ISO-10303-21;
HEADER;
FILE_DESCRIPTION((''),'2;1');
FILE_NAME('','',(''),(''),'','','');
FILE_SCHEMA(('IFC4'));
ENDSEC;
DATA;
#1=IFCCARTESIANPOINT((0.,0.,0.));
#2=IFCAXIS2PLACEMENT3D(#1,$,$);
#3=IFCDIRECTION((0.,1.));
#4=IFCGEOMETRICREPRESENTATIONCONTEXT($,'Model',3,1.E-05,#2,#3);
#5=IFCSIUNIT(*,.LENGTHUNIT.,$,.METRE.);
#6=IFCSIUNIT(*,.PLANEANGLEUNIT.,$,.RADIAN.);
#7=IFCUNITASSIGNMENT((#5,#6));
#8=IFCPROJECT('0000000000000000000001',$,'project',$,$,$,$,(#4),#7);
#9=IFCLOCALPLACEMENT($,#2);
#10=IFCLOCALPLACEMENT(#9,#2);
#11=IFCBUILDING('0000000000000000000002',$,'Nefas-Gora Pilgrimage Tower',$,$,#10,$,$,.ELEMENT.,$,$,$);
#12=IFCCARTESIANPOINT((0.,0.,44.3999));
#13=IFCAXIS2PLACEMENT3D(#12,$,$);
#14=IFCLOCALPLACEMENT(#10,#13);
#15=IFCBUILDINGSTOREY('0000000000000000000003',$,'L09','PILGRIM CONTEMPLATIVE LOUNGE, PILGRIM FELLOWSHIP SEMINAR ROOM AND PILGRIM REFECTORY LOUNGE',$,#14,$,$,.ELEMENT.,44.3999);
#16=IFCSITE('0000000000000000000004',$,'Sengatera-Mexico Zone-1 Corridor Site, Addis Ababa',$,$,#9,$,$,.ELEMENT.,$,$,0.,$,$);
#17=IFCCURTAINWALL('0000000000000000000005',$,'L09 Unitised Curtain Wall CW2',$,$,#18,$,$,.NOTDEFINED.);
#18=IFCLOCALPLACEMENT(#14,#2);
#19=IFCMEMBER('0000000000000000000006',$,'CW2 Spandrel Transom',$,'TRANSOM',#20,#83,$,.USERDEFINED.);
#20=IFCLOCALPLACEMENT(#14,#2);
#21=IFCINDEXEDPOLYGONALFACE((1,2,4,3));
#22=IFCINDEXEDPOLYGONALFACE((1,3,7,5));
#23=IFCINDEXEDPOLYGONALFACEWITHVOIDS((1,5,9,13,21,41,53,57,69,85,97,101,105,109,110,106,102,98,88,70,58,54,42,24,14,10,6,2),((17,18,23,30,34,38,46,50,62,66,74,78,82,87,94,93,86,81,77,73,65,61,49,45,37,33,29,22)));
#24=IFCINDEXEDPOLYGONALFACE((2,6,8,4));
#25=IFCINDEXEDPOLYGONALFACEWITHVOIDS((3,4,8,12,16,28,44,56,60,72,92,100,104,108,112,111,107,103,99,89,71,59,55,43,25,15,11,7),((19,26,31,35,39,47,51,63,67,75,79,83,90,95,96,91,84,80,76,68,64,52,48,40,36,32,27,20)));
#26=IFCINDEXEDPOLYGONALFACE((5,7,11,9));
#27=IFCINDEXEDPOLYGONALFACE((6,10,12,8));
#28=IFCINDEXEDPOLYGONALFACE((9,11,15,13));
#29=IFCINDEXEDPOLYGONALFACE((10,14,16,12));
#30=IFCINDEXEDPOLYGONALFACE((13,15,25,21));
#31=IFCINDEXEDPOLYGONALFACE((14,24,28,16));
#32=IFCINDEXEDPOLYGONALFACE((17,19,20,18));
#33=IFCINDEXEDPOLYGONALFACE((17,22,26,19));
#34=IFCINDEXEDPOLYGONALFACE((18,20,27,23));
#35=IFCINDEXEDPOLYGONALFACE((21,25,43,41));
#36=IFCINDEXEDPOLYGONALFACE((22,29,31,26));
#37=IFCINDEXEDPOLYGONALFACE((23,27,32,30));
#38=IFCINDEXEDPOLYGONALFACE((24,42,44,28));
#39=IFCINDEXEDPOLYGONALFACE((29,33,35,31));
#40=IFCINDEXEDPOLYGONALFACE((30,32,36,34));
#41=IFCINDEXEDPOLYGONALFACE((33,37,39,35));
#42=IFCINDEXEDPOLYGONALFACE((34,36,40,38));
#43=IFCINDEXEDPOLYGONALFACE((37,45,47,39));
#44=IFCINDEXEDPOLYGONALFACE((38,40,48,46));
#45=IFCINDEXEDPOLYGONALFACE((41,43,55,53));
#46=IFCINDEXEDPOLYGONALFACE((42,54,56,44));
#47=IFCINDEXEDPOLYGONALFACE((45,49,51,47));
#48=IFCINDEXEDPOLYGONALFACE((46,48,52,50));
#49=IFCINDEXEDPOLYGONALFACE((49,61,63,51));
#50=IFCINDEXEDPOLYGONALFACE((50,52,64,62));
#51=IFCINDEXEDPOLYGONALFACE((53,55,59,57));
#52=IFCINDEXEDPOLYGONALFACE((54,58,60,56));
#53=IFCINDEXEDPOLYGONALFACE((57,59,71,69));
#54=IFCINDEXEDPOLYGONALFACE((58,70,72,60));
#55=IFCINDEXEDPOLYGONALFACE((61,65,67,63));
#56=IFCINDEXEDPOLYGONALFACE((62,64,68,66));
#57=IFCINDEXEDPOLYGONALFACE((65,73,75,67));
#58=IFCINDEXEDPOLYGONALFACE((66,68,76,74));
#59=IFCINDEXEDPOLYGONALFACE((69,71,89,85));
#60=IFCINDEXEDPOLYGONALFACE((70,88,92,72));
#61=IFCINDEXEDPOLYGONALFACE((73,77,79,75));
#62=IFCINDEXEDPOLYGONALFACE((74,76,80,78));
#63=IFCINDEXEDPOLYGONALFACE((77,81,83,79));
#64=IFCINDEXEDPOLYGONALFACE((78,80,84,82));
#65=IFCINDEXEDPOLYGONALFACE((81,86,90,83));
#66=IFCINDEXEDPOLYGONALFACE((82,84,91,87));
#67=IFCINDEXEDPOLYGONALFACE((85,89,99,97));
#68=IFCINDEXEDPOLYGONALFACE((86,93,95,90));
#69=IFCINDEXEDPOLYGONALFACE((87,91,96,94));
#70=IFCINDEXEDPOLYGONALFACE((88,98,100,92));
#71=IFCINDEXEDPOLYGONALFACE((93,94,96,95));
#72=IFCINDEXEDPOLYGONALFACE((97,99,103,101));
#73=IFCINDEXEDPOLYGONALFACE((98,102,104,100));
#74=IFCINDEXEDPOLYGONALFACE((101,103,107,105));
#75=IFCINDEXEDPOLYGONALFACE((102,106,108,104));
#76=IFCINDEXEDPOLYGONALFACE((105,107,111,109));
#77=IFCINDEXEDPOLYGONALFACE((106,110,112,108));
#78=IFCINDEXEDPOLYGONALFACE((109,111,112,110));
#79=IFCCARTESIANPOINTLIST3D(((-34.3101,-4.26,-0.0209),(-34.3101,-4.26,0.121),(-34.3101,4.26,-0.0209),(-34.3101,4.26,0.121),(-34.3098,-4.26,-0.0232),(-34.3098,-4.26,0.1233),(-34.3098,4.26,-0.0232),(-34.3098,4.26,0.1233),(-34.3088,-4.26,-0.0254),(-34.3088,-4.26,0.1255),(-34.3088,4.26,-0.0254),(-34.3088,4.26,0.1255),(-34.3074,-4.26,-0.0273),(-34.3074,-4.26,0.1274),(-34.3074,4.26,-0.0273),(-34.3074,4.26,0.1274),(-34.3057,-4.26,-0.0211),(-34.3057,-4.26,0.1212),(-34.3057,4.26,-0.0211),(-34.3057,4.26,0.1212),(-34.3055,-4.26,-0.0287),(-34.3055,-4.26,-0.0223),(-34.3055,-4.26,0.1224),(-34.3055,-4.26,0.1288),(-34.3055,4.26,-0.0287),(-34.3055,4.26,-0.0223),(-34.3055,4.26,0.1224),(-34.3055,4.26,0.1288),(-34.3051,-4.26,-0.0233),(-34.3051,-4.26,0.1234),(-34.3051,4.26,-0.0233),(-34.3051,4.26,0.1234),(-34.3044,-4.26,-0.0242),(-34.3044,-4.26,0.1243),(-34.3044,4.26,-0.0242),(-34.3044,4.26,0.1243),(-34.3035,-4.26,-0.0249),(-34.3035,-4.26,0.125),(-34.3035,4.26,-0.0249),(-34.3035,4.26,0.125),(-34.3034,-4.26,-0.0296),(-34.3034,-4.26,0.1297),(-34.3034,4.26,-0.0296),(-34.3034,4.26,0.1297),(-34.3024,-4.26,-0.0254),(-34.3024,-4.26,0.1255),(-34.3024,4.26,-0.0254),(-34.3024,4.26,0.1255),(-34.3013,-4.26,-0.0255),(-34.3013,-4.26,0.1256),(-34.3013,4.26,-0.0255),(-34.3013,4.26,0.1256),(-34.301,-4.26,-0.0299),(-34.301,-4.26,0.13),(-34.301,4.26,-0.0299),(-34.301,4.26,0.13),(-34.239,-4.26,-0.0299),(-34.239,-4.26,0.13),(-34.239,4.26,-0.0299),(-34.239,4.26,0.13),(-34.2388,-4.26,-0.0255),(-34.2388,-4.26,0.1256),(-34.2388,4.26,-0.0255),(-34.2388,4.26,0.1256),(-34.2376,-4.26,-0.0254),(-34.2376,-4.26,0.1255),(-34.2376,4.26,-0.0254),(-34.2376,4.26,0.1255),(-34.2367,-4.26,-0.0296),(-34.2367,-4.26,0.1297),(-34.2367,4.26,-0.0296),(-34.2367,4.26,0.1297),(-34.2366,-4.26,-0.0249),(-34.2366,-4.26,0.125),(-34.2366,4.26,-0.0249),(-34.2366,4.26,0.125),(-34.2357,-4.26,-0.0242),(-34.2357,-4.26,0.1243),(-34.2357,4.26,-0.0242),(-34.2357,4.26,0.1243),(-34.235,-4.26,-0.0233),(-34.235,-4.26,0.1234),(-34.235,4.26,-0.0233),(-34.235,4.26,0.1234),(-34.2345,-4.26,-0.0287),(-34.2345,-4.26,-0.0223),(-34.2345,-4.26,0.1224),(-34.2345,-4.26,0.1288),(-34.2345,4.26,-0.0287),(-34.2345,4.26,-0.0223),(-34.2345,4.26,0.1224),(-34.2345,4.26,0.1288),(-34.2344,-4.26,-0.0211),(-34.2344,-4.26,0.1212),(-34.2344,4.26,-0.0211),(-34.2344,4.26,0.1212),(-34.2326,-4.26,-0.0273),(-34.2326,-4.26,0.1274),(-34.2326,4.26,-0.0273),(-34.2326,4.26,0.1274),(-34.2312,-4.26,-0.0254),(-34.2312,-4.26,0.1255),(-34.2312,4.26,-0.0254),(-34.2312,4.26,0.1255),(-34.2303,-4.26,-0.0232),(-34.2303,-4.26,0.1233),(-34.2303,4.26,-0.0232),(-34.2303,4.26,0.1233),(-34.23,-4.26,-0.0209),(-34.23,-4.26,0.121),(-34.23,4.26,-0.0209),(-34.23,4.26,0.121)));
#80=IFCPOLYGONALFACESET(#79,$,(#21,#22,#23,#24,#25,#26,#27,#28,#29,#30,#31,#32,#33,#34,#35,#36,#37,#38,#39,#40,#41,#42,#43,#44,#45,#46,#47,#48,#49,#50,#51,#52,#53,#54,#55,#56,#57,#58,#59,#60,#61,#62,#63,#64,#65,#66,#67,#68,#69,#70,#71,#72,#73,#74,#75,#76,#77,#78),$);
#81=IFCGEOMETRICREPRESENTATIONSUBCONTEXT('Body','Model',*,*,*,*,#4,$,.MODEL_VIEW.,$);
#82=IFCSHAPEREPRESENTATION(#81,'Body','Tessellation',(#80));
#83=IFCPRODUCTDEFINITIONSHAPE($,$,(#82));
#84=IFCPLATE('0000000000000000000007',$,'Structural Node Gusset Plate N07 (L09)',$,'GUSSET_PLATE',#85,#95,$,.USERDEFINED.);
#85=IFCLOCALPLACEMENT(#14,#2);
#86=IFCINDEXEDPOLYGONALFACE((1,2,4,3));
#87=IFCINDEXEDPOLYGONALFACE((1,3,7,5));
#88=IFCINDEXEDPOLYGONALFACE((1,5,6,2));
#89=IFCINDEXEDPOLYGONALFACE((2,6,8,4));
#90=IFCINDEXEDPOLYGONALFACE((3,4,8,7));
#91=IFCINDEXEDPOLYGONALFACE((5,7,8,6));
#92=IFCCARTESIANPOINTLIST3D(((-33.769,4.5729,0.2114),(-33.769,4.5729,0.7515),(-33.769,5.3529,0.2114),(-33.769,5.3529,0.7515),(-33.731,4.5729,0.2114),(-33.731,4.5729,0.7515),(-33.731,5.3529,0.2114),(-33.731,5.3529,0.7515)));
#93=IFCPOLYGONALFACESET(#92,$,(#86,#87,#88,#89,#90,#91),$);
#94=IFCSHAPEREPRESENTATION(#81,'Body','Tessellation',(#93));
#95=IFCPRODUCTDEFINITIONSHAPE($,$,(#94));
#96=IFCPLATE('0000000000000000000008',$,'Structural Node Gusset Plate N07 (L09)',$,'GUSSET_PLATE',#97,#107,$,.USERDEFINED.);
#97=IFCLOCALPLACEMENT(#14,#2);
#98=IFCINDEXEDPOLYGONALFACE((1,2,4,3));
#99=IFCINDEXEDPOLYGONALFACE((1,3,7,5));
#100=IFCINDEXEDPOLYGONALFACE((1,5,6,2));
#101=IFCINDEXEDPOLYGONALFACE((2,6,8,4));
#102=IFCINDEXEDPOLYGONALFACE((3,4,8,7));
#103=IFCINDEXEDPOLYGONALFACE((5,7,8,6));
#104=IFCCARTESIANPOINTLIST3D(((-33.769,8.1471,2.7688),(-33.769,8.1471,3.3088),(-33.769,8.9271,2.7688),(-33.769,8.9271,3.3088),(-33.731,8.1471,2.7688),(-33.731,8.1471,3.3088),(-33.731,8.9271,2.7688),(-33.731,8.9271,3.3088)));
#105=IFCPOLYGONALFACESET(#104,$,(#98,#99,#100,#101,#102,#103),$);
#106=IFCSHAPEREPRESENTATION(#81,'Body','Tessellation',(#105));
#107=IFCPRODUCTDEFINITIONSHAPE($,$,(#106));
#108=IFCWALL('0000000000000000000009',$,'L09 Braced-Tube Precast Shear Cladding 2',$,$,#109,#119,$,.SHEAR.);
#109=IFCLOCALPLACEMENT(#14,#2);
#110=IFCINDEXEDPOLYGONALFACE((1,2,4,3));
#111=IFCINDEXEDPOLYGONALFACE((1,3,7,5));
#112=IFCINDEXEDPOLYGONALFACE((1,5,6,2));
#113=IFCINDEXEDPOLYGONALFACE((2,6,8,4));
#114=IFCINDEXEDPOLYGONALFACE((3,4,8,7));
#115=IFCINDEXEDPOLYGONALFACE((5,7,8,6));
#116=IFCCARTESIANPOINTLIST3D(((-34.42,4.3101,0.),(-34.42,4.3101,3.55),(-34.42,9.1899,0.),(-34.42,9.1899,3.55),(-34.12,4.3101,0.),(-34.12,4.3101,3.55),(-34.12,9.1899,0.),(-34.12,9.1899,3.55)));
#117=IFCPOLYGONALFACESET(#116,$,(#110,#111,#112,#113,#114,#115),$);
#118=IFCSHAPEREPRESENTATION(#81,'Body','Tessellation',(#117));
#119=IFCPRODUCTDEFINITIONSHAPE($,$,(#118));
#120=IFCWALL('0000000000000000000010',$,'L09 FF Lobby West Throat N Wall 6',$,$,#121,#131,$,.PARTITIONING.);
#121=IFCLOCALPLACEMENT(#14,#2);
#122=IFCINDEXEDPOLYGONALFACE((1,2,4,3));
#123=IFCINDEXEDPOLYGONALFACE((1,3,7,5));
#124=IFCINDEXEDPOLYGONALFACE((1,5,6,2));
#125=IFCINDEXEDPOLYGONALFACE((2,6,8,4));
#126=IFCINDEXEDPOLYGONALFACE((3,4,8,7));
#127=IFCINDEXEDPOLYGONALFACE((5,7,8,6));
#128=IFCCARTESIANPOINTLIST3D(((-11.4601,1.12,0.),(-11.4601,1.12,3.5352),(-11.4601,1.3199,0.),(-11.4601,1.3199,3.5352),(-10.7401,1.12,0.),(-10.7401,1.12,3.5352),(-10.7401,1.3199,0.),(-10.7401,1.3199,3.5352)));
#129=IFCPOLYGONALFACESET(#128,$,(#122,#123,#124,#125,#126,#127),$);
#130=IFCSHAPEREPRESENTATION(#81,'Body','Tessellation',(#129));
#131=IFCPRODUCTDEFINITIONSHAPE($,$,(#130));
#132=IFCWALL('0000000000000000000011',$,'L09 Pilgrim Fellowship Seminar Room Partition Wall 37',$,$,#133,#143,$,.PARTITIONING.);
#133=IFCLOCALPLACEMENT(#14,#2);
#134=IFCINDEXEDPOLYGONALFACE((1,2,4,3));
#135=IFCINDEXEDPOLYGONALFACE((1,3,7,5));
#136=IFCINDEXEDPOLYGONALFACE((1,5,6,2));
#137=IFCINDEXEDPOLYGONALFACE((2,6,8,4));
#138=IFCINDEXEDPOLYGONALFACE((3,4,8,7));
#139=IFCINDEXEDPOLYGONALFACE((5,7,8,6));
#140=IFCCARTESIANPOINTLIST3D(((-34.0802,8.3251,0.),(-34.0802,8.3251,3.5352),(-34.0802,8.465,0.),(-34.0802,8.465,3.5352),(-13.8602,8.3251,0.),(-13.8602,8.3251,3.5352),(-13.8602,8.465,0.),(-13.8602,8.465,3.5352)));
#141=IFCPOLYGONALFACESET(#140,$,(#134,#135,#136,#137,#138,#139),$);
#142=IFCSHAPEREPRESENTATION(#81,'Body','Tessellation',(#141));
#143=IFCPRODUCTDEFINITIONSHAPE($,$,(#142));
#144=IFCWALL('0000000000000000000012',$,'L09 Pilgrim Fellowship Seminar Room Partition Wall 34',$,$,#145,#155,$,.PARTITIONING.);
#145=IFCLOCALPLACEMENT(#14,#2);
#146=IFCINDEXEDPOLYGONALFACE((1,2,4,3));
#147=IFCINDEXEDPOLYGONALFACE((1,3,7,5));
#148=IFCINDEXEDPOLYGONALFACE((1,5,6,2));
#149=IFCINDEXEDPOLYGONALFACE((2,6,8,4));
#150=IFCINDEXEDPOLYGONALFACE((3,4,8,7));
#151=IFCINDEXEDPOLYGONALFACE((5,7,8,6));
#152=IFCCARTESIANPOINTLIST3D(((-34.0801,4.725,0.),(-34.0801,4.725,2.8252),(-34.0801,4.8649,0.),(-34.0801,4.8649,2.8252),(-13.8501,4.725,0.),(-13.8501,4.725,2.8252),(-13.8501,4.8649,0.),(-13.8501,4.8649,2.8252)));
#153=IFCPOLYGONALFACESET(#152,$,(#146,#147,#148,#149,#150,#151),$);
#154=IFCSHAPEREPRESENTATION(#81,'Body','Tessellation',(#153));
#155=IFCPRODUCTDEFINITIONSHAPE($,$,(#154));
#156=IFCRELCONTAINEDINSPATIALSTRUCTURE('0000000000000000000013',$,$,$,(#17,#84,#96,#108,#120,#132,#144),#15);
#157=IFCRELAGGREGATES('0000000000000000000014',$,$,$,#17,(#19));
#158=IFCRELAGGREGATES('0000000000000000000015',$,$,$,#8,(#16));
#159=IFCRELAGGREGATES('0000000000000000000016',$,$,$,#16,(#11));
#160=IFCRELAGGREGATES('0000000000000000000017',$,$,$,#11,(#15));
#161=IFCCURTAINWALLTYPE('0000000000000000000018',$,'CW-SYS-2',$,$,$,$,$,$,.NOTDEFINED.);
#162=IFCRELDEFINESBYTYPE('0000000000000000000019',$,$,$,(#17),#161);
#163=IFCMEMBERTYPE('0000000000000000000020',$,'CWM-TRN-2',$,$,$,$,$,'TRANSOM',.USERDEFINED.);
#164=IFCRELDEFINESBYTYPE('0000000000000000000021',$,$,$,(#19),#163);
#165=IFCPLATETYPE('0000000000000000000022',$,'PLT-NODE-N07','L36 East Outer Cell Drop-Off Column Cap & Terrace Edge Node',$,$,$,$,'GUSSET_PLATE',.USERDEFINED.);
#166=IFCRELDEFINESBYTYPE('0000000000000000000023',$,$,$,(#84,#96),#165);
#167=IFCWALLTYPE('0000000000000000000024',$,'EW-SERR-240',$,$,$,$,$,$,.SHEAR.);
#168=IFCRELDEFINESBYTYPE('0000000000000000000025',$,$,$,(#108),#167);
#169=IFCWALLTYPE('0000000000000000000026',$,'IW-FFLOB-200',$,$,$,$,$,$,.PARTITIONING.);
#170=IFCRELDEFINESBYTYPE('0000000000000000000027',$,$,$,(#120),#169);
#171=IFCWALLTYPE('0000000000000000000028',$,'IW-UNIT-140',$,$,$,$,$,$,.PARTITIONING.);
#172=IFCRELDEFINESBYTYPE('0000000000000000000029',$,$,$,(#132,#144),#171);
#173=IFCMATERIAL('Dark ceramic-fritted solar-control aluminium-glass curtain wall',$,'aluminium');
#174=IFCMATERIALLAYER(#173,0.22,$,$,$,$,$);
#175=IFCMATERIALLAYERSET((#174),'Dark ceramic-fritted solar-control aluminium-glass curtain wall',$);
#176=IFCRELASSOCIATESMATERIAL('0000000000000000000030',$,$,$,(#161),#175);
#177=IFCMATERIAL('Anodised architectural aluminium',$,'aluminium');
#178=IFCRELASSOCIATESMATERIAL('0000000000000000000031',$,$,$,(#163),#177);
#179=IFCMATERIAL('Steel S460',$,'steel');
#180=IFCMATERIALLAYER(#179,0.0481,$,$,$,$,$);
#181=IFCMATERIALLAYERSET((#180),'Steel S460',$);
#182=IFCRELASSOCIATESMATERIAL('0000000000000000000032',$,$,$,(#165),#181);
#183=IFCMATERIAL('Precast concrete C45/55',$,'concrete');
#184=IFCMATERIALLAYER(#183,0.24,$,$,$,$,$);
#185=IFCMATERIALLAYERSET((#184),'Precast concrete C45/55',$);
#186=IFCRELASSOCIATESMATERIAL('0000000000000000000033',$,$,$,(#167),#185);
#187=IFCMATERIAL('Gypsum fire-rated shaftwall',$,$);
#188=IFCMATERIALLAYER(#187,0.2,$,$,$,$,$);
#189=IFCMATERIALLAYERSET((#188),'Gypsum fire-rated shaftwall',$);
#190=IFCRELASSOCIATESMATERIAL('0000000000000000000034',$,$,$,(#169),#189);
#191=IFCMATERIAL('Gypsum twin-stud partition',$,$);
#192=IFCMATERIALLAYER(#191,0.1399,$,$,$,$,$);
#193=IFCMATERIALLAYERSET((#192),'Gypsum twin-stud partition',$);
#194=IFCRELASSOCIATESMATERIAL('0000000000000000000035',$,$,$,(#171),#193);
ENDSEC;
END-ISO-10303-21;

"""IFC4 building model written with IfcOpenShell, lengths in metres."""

from ifc_helpers import new_model, si_unit, direction, frame, frame_2d, origin, origin_2d, place, context, subcontext, project, spatial, rectangle, hollow_rectangle, extrude, source, transform, mapped, material, layer, layer_set, material_profile, profile_set, type_object, element, aggregate, save


model = new_model("IFC4")

# Units and contexts
model_context = context("Model", 3, precision=1e-05, world=origin(), true_north=direction((0.0, 1.0)))
body_context = subcontext(model_context, "Body", "Model", "MODEL_VIEW")
ifc_project = project(units=[si_unit("LENGTHUNIT", "METRE"), si_unit("PLANEANGLEUNIT", "RADIAN")], contexts=[model_context])

# Site, building, storey
site_placement = place(None, origin())
site = spatial("IfcSite", under=ifc_project, at=site_placement, Name="Sengatera-Mexico Zone-1 Corridor Site, Addis Ababa", CompositionType="ELEMENT", RefElevation=0.0)
building_placement = place(site_placement, origin())
building = spatial("IfcBuilding", under=site, at=building_placement, Name="Nefas-Gora Pilgrimage Tower", CompositionType="ELEMENT")
storey_placement = place(building_placement, frame((0.0, 0.0, 44.3999)))
storey = spatial("IfcBuildingStorey", under=building, at=storey_placement, Name="L09", Description="PILGRIM CONTEMPLATIVE LOUNGE, PILGRIM FELLOWSHIP SEMINAR ROOM AND PILGRIM REFECTORY LOUNGE", CompositionType="ELEMENT", Elevation=44.3999)

# Shared definitions
ifc_material_1 = material(Name="Steel S460", Category="steel")

# Curtain wall, member
ifc_material_2 = material(Name="Dark ceramic-fritted solar-control aluminium-glass curtain wall", Category="aluminium")
ifc_layer_1 = layer(ifc_material_2, 0.22)
ifc_layer_set_1 = layer_set([ifc_layer_1], Name="Dark ceramic-fritted solar-control aluminium-glass curtain wall")
curtain_wall_type = type_object("IfcCurtainWallType", Name="CW-SYS-2", PredefinedType="NOTDEFINED", material=ifc_layer_set_1)
curtain_wall_placement = place(storey_placement, origin())
curtain_wall = element("IfcCurtainWall", 1, at=curtain_wall_placement, inside=storey, type_object=curtain_wall_type, Name="L09 Unitised Curtain Wall CW2", PredefinedType="NOTDEFINED")
ifc_material_3 = material(Name="Anodised architectural aluminium", Category="aluminium")
ifc_material_profile_1 = material_profile(ifc_material_3, hollow_rectangle(XDim=0.0801, YDim=0.1599, WallThickness=0.0044, InnerFilletRadius=0.0044, OuterFilletRadius=0.009, at=origin_2d()), Name="ALU TRANSOM 80x160")
ifc_profile_set_1 = profile_set([ifc_material_profile_1], Name="Anodised architectural aluminium")
member_type_1 = type_object("IfcMemberType", Name="CWM-TRN-2", ElementType="TRANSOM", PredefinedType="USERDEFINED", material=ifc_profile_set_1)
shared_shape_1 = source(origin(), body_context, "Body", "SweptSolid", [
    extrude(hollow_rectangle(XDim=0.0801, YDim=0.1599, WallThickness=0.0044, InnerFilletRadius=0.0044, OuterFilletRadius=0.009, at=origin_2d()), origin(), (0.0, 0.0, 1.0), 8.52),
])
member_1_placement = place(storey_placement, frame((-34.27, 4.26, 0.05), z_axis=(0.0, -1.0, 0.0), x_axis=(1.0, 0.0, 0.0)))
member_1 = element("IfcMember", 2, at=member_1_placement, type_object=member_type_1, Name="CW2 Spandrel Transom", ObjectType="TRANSOM", PredefinedType="USERDEFINED", context=body_context, shape_type="MappedRepresentation", body=[
    mapped(shared_shape_1, transform((0.0, 0.0, 0.0), x_axis=(1.0, 0.0, 0.0), y_axis=(0.0, 1.0, 0.0), z_axis=(0.0, 0.0, 1.0), scale=1.0)),
])
aggregate(curtain_wall, [member_1])

# Plates
ifc_layer_2 = layer(ifc_material_1, 0.0481)
ifc_layer_set_2 = layer_set([ifc_layer_2], Name="Steel S460")
plate_type = type_object("IfcPlateType", Name="PLT-NODE-N07", Description="L36 East Outer Cell Drop-Off Column Cap & Terrace Edge Node", ElementType="GUSSET_PLATE", PredefinedType="USERDEFINED", material=ifc_layer_set_2)
shared_shape_2 = source(origin(), body_context, "Body", "SweptSolid", [
    extrude(rectangle(XDim=0.78, YDim=0.0381, at=origin_2d()), origin(), (0.0, 0.0, 1.0), 0.54),
])
for number, where, z_axis, x_axis, name in (
    (3, (-33.75, 4.9629, 0.2114), (0.0, 0.0, 1.0), (0.0, 1.0, 0.0), "Structural Node Gusset Plate N07 (L09)"),
    (4, (-33.75, 8.5371, 2.7688), (0.0, 0.0, 1.0), (0.0, 1.0, 0.0), "Structural Node Gusset Plate N07 (L09)"),
):
    element("IfcPlate", number, at=place(storey_placement, frame(where, z_axis=z_axis, x_axis=x_axis)), inside=storey, type_object=plate_type, Name=name, ObjectType="GUSSET_PLATE", PredefinedType="USERDEFINED", context=body_context, shape_type="MappedRepresentation", body=[
        mapped(shared_shape_2, transform((0.0, 0.0, 0.0), x_axis=(1.0, 0.0, 0.0), y_axis=(0.0, 1.0, 0.0), z_axis=(0.0, 0.0, 1.0), scale=1.0)),
    ])

# Walls
ifc_material_4 = material(Name="Precast concrete C45/55", Category="concrete")
ifc_layer_3 = layer(ifc_material_4, 0.24)
ifc_layer_set_3 = layer_set([ifc_layer_3], Name="Precast concrete C45/55")
wall_type_1 = type_object("IfcWallType", Name="EW-SERR-240", PredefinedType="SHEAR", material=ifc_layer_set_3)
shared_shape_3 = source(origin(), body_context, "Body", "SweptSolid", [
    extrude(rectangle(XDim=4.8799, YDim=0.3, at=frame_2d((2.4399, 0.0))), origin(), (0.0, 0.0, 1.0), 3.55),
])
wall_1_placement = place(storey_placement, frame((-34.27, 4.3101, 0.0), z_axis=(0.0, 0.0, 1.0), x_axis=(0.0, 1.0, 0.0)))
element("IfcWall", 5, at=wall_1_placement, inside=storey, type_object=wall_type_1, Name="L09 Braced-Tube Precast Shear Cladding 2", PredefinedType="SHEAR", context=body_context, shape_type="MappedRepresentation", body=[
    mapped(shared_shape_3, transform((0.0, 0.0, 0.0), x_axis=(1.0, 0.0, 0.0), y_axis=(0.0, 1.0, 0.0), z_axis=(0.0, 0.0, 1.0), scale=1.0)),
])
ifc_material_5 = material(Name="Gypsum fire-rated shaftwall")
ifc_layer_4 = layer(ifc_material_5, 0.2)
ifc_layer_set_4 = layer_set([ifc_layer_4], Name="Gypsum fire-rated shaftwall")
wall_type_2 = type_object("IfcWallType", Name="IW-FFLOB-200", PredefinedType="PARTITIONING", material=ifc_layer_set_4)
shared_shape_4 = source(origin(), body_context, "Body", "SweptSolid", [
    extrude(rectangle(XDim=0.72, YDim=0.2, at=frame_2d((0.3599, 0.0))), origin(), (0.0, 0.0, 1.0), 3.5352),
])
wall_2_placement = place(storey_placement, frame((-11.46, 1.22, 0.0), z_axis=(0.0, 0.0, 1.0), x_axis=(1.0, 0.0, 0.0)))
element("IfcWall", 6, at=wall_2_placement, inside=storey, type_object=wall_type_2, Name="L09 FF Lobby West Throat N Wall 6", PredefinedType="PARTITIONING", context=body_context, shape_type="MappedRepresentation", body=[
    mapped(shared_shape_4, transform((0.0, 0.0, 0.0), x_axis=(1.0, 0.0, 0.0), y_axis=(0.0, 1.0, 0.0), z_axis=(0.0, 0.0, 1.0), scale=1.0)),
])
ifc_material_6 = material(Name="Gypsum twin-stud partition")
ifc_layer_5 = layer(ifc_material_6, 0.1399)
ifc_layer_set_5 = layer_set([ifc_layer_5], Name="Gypsum twin-stud partition")
wall_type_3 = type_object("IfcWallType", Name="IW-UNIT-140", PredefinedType="PARTITIONING", material=ifc_layer_set_5)
shared_shape_5 = source(origin(), body_context, "Body", "SweptSolid", [
    extrude(rectangle(XDim=20.22, YDim=0.1399, at=frame_2d((10.1099, 0.0))), origin(), (0.0, 0.0, 1.0), 3.5352),
])
wall_3_placement = place(storey_placement, frame((-34.0801, 8.395, 0.0), z_axis=(0.0, 0.0, 1.0), x_axis=(1.0, 0.0, 0.0)))
element("IfcWall", 7, at=wall_3_placement, inside=storey, type_object=wall_type_3, Name="L09 Pilgrim Fellowship Seminar Room Partition Wall 37", PredefinedType="PARTITIONING", context=body_context, shape_type="MappedRepresentation", body=[
    mapped(shared_shape_5, transform((0.0, 0.0, 0.0), x_axis=(1.0, 0.0, 0.0), y_axis=(0.0, 1.0, 0.0), z_axis=(0.0, 0.0, 1.0), scale=1.0)),
])
shared_shape_6 = source(origin(), body_context, "Body", "SweptSolid", [
    extrude(rectangle(XDim=20.23, YDim=0.1399, at=frame_2d((10.115, 0.0))), origin(), (0.0, 0.0, 1.0), 2.8252),
])
wall_4_placement = place(storey_placement, frame((-34.0801, 4.7949, 0.0), z_axis=(0.0, 0.0, 1.0), x_axis=(1.0, 0.0, 0.0)))
element("IfcWall", 8, at=wall_4_placement, inside=storey, type_object=wall_type_3, Name="L09 Pilgrim Fellowship Seminar Room Partition Wall 34", PredefinedType="PARTITIONING", context=body_context, shape_type="MappedRepresentation", body=[
    mapped(shared_shape_6, transform((0.0, 0.0, 0.0), x_axis=(1.0, 0.0, 0.0), y_axis=(0.0, 1.0, 0.0), z_axis=(0.0, 0.0, 1.0), scale=1.0)),
])

save(model, "model.ifc")
